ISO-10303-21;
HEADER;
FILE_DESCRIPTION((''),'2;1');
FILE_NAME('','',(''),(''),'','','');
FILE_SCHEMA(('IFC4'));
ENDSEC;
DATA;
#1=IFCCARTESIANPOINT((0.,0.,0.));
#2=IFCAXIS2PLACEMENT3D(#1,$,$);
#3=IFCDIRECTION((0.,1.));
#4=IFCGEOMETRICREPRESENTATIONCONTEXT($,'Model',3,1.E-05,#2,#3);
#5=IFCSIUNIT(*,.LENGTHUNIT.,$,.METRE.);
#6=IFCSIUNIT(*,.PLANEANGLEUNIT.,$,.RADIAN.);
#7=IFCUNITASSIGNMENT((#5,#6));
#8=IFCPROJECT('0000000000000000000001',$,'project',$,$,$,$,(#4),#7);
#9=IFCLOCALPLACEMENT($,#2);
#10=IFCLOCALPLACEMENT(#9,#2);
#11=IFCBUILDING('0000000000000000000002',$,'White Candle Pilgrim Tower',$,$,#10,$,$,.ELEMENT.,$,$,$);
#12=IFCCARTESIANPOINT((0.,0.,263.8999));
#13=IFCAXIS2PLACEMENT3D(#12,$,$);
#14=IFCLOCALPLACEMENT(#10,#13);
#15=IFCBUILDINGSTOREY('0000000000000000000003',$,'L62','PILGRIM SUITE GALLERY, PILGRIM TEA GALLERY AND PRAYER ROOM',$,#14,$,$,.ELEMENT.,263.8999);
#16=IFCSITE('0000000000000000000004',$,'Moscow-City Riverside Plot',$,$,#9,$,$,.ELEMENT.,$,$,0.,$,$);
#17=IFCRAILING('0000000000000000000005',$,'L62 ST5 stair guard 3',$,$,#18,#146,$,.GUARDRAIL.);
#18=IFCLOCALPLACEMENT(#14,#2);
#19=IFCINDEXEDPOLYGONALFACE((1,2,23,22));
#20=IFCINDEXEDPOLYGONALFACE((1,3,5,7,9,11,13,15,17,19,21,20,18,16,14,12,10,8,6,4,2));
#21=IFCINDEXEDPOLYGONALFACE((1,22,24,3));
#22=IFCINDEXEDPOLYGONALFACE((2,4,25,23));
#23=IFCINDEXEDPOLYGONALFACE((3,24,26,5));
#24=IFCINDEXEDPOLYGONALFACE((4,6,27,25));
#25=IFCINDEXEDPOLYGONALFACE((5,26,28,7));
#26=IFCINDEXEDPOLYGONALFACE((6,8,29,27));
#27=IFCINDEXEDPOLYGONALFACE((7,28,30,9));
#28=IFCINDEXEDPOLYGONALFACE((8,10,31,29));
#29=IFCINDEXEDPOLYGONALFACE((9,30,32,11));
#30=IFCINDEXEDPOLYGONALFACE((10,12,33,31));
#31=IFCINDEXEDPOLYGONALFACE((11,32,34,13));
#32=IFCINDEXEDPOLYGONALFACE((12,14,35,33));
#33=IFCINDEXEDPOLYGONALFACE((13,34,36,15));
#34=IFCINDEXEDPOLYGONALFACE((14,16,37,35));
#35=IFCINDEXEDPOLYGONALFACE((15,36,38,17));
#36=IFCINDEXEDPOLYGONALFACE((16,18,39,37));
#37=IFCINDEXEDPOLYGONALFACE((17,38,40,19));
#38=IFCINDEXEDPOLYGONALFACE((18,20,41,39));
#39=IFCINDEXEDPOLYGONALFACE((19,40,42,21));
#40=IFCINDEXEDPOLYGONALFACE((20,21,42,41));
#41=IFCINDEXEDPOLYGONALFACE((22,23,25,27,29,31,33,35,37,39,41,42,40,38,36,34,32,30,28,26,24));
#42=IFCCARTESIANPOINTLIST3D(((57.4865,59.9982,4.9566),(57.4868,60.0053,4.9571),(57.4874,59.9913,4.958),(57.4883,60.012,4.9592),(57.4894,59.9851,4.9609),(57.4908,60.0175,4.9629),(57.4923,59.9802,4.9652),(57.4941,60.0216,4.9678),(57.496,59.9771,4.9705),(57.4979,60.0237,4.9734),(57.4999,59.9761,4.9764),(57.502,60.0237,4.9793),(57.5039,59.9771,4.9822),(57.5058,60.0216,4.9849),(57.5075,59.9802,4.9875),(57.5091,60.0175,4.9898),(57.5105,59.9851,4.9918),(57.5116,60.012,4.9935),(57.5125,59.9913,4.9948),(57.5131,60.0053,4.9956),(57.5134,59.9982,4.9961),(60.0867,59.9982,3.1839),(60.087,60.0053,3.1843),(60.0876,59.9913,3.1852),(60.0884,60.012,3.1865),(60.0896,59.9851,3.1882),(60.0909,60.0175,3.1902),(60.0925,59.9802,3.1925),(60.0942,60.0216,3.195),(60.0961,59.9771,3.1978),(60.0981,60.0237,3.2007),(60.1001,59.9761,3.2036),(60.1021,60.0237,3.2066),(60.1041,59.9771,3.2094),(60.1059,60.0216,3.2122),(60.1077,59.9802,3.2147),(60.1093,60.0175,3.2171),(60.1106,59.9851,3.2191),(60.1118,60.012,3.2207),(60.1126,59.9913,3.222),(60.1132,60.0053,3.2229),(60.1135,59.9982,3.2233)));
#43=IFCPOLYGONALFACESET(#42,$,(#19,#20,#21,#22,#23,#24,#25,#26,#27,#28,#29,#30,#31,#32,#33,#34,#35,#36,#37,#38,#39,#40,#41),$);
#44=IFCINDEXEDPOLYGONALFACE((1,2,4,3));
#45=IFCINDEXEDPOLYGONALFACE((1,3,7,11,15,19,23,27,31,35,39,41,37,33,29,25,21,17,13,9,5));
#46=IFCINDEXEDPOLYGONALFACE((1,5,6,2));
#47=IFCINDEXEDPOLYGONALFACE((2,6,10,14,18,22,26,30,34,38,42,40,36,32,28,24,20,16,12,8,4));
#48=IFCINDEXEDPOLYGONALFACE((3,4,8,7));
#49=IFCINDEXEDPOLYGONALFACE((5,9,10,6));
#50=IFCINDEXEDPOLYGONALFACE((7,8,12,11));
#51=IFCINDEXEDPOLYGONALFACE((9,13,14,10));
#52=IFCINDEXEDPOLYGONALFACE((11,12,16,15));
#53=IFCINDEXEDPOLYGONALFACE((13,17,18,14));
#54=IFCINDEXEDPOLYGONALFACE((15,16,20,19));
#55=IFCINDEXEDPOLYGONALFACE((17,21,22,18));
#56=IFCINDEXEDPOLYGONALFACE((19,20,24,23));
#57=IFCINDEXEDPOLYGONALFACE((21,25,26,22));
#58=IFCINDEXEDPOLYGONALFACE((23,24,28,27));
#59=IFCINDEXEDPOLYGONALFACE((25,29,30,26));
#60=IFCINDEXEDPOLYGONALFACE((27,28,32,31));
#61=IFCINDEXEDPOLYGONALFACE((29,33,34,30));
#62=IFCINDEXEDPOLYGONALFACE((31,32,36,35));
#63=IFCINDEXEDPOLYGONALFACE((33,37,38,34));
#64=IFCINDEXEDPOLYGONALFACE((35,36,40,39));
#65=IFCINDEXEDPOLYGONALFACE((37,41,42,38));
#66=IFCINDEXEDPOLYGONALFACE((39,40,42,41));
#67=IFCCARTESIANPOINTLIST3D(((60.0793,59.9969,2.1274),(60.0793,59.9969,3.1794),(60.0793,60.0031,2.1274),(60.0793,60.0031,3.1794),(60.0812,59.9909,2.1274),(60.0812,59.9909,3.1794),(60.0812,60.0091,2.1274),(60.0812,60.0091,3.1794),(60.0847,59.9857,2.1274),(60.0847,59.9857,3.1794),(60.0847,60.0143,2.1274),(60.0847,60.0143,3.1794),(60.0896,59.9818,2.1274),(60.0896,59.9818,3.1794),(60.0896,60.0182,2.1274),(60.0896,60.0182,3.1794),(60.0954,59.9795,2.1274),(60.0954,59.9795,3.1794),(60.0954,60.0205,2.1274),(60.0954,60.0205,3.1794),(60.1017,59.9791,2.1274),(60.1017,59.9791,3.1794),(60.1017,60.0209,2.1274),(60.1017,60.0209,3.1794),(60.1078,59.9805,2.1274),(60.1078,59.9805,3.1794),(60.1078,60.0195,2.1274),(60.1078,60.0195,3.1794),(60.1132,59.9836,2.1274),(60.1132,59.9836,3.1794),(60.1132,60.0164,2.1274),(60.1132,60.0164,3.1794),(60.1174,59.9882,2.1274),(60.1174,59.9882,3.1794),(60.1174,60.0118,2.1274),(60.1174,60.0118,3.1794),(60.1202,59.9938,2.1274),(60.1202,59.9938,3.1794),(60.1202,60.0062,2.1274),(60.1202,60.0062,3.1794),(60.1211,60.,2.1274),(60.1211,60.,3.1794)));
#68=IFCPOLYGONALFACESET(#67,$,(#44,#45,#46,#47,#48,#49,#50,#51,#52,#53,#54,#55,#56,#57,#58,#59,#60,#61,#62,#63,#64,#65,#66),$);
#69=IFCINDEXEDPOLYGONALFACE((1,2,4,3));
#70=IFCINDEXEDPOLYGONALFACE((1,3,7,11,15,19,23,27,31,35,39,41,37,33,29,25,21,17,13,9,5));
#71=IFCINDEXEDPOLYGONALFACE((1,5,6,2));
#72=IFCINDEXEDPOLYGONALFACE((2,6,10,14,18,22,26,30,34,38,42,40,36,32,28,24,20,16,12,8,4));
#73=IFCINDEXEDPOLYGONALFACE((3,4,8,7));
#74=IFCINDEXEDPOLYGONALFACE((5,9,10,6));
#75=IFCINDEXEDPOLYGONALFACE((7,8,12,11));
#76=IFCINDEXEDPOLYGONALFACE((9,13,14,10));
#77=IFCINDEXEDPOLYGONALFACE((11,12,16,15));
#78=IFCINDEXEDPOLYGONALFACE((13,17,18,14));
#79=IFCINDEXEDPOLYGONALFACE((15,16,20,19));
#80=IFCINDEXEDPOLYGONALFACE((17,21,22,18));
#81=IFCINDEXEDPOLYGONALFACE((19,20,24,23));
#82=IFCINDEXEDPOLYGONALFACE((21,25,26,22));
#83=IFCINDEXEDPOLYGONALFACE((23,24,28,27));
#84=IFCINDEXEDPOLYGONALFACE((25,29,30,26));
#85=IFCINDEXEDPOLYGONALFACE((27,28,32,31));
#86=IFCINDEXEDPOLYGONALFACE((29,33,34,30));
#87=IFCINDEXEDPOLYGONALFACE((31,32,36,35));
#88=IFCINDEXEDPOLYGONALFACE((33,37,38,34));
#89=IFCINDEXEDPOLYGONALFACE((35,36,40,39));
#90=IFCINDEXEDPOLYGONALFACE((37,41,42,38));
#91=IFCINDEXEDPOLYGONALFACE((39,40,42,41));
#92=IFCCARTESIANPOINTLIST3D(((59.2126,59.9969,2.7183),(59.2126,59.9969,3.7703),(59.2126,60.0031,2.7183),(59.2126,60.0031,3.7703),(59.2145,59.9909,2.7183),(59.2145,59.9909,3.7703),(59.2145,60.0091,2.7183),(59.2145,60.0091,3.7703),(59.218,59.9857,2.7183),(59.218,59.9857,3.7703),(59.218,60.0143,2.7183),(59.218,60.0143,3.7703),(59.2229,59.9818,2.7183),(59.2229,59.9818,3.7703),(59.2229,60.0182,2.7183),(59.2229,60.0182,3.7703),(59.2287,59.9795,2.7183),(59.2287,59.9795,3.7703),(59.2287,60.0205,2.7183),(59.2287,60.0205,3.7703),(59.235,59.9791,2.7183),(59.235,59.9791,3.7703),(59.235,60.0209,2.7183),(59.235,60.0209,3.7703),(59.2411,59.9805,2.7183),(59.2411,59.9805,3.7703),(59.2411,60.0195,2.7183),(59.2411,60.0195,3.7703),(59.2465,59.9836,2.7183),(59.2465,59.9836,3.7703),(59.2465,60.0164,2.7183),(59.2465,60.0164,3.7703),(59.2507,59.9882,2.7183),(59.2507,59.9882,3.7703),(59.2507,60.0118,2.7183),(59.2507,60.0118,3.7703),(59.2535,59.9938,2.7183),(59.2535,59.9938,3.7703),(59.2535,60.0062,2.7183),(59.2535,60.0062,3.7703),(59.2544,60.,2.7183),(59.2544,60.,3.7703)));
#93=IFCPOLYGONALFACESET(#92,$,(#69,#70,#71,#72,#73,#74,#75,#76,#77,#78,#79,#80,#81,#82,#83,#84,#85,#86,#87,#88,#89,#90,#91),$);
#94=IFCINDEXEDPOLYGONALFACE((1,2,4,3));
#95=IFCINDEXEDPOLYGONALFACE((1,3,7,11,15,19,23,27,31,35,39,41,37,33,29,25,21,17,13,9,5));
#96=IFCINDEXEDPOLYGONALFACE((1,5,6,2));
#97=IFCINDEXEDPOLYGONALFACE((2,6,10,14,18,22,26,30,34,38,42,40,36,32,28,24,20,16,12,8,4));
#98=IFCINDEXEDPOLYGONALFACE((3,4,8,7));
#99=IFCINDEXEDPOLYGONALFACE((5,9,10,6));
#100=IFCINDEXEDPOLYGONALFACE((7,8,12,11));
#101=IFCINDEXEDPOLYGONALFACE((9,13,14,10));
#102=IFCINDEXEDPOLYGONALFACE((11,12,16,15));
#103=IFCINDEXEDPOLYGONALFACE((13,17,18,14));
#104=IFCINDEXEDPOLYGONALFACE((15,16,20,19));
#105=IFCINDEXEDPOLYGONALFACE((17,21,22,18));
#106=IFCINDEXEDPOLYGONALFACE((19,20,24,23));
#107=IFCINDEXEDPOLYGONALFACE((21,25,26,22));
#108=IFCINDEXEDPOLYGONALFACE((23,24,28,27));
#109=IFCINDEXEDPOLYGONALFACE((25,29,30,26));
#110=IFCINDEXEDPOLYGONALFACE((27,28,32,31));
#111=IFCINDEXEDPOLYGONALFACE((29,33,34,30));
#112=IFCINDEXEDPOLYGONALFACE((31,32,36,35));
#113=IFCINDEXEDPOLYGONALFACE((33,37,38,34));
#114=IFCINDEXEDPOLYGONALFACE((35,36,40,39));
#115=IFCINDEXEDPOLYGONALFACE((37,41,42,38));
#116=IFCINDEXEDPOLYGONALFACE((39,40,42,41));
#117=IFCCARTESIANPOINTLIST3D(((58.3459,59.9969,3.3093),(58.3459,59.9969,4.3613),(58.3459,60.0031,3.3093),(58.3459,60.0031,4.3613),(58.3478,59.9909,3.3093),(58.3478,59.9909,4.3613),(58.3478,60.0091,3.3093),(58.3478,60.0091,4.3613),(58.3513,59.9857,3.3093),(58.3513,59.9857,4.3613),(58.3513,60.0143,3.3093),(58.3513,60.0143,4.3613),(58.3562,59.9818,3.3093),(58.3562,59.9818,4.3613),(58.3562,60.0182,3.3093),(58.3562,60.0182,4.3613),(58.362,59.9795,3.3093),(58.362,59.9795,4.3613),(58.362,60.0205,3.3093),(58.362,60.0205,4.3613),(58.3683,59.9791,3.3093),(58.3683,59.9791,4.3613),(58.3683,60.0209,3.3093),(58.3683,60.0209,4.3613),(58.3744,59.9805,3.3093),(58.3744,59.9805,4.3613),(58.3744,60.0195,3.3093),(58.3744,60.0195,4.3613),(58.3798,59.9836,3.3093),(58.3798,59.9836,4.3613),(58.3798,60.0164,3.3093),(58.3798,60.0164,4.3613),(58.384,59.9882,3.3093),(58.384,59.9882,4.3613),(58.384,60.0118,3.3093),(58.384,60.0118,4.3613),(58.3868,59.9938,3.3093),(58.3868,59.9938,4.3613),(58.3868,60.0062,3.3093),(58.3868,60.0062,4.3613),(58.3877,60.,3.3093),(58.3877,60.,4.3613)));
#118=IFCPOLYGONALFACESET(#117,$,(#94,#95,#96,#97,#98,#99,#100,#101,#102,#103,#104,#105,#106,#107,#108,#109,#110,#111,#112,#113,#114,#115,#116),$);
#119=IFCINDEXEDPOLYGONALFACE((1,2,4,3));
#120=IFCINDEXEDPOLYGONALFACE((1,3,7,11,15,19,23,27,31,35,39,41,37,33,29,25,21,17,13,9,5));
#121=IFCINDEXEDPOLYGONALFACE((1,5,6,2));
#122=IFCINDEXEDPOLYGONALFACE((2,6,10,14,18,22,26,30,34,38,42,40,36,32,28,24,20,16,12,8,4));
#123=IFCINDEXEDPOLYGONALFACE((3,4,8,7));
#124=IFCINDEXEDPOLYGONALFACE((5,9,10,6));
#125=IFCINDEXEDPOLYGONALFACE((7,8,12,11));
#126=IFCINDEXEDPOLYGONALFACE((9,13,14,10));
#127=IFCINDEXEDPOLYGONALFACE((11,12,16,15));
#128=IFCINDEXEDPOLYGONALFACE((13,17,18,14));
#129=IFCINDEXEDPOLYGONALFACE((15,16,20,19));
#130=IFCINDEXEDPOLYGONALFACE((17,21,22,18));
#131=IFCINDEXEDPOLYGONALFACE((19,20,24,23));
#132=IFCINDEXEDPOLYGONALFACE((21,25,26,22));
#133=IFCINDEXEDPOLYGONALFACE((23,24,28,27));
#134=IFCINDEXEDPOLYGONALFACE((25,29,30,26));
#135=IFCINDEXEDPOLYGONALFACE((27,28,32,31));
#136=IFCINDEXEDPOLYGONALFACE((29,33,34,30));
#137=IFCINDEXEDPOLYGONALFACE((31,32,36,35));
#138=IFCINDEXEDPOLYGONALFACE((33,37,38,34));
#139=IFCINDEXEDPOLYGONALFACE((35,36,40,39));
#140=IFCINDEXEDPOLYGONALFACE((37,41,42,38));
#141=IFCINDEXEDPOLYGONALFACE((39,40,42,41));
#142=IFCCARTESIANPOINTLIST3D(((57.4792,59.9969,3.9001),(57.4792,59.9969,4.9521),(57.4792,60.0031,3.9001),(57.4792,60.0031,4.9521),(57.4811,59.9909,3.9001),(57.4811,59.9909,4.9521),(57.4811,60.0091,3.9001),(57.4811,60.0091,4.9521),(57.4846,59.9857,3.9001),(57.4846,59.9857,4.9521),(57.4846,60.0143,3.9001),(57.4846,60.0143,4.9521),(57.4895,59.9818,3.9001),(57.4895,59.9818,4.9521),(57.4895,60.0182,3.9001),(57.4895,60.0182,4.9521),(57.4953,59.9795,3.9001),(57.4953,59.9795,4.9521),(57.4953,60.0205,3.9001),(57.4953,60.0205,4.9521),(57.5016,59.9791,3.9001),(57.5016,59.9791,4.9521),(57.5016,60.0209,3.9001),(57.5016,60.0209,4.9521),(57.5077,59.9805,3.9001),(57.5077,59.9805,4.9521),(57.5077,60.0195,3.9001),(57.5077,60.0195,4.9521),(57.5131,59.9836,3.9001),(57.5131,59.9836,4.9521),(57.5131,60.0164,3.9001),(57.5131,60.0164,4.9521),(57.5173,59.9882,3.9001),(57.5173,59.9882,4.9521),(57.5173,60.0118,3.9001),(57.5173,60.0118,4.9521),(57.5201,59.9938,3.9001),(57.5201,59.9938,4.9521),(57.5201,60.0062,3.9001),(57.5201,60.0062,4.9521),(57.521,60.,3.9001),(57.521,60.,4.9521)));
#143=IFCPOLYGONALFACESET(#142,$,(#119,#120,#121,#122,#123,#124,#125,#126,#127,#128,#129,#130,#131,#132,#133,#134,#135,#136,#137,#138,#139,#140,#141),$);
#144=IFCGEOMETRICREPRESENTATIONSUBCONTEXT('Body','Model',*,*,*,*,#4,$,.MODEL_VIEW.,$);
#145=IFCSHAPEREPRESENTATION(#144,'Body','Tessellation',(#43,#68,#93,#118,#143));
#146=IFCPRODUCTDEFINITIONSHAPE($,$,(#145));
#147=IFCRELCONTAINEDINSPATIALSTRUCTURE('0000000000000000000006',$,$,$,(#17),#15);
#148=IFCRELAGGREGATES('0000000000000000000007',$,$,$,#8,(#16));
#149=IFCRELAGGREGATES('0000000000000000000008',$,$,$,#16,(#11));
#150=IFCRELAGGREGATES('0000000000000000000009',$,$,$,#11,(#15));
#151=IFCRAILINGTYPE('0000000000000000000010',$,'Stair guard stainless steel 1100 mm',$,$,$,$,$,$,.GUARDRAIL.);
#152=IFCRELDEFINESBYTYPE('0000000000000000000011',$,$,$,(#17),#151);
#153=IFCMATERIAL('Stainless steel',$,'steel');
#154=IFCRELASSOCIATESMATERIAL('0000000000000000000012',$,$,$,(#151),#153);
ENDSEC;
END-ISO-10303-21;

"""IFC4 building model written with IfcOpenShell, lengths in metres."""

from ifc_helpers import new_model, si_unit, direction, frame, origin, origin_2d, place, context, subcontext, project, spatial, circle, extrude, material, type_object, element, save


model = new_model("IFC4")

# Units and contexts
model_context = context("Model", 3, precision=1e-05, world=origin(), true_north=direction((0.0, 1.0)))
body_context = subcontext(model_context, "Body", "Model", "MODEL_VIEW")
ifc_project = project(units=[si_unit("LENGTHUNIT", "METRE"), si_unit("PLANEANGLEUNIT", "RADIAN")], contexts=[model_context])

# Site, building, storey
site_placement = place(None, origin())
site = spatial("IfcSite", under=ifc_project, at=site_placement, Name="Moscow-City Riverside Plot", CompositionType="ELEMENT", RefElevation=0.0)
building_placement = place(site_placement, origin())
building = spatial("IfcBuilding", under=site, at=building_placement, Name="White Candle Pilgrim Tower", CompositionType="ELEMENT")
storey_placement = place(building_placement, frame((0.0, 0.0, 263.8999)))
storey = spatial("IfcBuildingStorey", under=building, at=storey_placement, Name="L62", Description="PILGRIM SUITE GALLERY, PILGRIM TEA GALLERY AND PRAYER ROOM", CompositionType="ELEMENT", Elevation=263.8999)

# Railing
ifc_material_1 = material(Name="Stainless steel", Category="steel")
railing_type_1 = type_object("IfcRailingType", Name="Stair guard stainless steel 1100 mm", PredefinedType="GUARDRAIL", material=ifc_material_1)
railing_1_placement = place(storey_placement, frame((60.1001, 60.0, 2.1274)))
element("IfcRailing", 1, at=railing_1_placement, inside=storey, type_object=railing_type_1, Name="L62 ST5 stair guard 3", PredefinedType="GUARDRAIL", context=body_context, shape_type="SweptSolid", body=[
    extrude(circle(Radius=0.0239, at=origin_2d()), frame((0.0, 0.0, 1.0762), z_axis=(-0.82624, 0.0, 0.563318), x_axis=(0.0, -1.0, 0.0)), (0.0, 0.0, 1.0), 3.147),
    extrude(circle(Radius=0.021, at=origin_2d()), origin(), (0.0, 0.0, 1.0), 1.052),
    extrude(circle(Radius=0.021, at=origin_2d()), frame((-0.8667, 0.0, 0.5908)), (0.0, 0.0, 1.0), 1.052),
    extrude(circle(Radius=0.021, at=origin_2d()), frame((-1.7334, 0.0, 1.1819)), (0.0, 0.0, 1.0), 1.052),
    extrude(circle(Radius=0.021, at=origin_2d()), frame((-2.6001, 0.0, 1.7727)), (0.0, 0.0, 1.0), 1.052),
])

save(model, "model.ifc")
